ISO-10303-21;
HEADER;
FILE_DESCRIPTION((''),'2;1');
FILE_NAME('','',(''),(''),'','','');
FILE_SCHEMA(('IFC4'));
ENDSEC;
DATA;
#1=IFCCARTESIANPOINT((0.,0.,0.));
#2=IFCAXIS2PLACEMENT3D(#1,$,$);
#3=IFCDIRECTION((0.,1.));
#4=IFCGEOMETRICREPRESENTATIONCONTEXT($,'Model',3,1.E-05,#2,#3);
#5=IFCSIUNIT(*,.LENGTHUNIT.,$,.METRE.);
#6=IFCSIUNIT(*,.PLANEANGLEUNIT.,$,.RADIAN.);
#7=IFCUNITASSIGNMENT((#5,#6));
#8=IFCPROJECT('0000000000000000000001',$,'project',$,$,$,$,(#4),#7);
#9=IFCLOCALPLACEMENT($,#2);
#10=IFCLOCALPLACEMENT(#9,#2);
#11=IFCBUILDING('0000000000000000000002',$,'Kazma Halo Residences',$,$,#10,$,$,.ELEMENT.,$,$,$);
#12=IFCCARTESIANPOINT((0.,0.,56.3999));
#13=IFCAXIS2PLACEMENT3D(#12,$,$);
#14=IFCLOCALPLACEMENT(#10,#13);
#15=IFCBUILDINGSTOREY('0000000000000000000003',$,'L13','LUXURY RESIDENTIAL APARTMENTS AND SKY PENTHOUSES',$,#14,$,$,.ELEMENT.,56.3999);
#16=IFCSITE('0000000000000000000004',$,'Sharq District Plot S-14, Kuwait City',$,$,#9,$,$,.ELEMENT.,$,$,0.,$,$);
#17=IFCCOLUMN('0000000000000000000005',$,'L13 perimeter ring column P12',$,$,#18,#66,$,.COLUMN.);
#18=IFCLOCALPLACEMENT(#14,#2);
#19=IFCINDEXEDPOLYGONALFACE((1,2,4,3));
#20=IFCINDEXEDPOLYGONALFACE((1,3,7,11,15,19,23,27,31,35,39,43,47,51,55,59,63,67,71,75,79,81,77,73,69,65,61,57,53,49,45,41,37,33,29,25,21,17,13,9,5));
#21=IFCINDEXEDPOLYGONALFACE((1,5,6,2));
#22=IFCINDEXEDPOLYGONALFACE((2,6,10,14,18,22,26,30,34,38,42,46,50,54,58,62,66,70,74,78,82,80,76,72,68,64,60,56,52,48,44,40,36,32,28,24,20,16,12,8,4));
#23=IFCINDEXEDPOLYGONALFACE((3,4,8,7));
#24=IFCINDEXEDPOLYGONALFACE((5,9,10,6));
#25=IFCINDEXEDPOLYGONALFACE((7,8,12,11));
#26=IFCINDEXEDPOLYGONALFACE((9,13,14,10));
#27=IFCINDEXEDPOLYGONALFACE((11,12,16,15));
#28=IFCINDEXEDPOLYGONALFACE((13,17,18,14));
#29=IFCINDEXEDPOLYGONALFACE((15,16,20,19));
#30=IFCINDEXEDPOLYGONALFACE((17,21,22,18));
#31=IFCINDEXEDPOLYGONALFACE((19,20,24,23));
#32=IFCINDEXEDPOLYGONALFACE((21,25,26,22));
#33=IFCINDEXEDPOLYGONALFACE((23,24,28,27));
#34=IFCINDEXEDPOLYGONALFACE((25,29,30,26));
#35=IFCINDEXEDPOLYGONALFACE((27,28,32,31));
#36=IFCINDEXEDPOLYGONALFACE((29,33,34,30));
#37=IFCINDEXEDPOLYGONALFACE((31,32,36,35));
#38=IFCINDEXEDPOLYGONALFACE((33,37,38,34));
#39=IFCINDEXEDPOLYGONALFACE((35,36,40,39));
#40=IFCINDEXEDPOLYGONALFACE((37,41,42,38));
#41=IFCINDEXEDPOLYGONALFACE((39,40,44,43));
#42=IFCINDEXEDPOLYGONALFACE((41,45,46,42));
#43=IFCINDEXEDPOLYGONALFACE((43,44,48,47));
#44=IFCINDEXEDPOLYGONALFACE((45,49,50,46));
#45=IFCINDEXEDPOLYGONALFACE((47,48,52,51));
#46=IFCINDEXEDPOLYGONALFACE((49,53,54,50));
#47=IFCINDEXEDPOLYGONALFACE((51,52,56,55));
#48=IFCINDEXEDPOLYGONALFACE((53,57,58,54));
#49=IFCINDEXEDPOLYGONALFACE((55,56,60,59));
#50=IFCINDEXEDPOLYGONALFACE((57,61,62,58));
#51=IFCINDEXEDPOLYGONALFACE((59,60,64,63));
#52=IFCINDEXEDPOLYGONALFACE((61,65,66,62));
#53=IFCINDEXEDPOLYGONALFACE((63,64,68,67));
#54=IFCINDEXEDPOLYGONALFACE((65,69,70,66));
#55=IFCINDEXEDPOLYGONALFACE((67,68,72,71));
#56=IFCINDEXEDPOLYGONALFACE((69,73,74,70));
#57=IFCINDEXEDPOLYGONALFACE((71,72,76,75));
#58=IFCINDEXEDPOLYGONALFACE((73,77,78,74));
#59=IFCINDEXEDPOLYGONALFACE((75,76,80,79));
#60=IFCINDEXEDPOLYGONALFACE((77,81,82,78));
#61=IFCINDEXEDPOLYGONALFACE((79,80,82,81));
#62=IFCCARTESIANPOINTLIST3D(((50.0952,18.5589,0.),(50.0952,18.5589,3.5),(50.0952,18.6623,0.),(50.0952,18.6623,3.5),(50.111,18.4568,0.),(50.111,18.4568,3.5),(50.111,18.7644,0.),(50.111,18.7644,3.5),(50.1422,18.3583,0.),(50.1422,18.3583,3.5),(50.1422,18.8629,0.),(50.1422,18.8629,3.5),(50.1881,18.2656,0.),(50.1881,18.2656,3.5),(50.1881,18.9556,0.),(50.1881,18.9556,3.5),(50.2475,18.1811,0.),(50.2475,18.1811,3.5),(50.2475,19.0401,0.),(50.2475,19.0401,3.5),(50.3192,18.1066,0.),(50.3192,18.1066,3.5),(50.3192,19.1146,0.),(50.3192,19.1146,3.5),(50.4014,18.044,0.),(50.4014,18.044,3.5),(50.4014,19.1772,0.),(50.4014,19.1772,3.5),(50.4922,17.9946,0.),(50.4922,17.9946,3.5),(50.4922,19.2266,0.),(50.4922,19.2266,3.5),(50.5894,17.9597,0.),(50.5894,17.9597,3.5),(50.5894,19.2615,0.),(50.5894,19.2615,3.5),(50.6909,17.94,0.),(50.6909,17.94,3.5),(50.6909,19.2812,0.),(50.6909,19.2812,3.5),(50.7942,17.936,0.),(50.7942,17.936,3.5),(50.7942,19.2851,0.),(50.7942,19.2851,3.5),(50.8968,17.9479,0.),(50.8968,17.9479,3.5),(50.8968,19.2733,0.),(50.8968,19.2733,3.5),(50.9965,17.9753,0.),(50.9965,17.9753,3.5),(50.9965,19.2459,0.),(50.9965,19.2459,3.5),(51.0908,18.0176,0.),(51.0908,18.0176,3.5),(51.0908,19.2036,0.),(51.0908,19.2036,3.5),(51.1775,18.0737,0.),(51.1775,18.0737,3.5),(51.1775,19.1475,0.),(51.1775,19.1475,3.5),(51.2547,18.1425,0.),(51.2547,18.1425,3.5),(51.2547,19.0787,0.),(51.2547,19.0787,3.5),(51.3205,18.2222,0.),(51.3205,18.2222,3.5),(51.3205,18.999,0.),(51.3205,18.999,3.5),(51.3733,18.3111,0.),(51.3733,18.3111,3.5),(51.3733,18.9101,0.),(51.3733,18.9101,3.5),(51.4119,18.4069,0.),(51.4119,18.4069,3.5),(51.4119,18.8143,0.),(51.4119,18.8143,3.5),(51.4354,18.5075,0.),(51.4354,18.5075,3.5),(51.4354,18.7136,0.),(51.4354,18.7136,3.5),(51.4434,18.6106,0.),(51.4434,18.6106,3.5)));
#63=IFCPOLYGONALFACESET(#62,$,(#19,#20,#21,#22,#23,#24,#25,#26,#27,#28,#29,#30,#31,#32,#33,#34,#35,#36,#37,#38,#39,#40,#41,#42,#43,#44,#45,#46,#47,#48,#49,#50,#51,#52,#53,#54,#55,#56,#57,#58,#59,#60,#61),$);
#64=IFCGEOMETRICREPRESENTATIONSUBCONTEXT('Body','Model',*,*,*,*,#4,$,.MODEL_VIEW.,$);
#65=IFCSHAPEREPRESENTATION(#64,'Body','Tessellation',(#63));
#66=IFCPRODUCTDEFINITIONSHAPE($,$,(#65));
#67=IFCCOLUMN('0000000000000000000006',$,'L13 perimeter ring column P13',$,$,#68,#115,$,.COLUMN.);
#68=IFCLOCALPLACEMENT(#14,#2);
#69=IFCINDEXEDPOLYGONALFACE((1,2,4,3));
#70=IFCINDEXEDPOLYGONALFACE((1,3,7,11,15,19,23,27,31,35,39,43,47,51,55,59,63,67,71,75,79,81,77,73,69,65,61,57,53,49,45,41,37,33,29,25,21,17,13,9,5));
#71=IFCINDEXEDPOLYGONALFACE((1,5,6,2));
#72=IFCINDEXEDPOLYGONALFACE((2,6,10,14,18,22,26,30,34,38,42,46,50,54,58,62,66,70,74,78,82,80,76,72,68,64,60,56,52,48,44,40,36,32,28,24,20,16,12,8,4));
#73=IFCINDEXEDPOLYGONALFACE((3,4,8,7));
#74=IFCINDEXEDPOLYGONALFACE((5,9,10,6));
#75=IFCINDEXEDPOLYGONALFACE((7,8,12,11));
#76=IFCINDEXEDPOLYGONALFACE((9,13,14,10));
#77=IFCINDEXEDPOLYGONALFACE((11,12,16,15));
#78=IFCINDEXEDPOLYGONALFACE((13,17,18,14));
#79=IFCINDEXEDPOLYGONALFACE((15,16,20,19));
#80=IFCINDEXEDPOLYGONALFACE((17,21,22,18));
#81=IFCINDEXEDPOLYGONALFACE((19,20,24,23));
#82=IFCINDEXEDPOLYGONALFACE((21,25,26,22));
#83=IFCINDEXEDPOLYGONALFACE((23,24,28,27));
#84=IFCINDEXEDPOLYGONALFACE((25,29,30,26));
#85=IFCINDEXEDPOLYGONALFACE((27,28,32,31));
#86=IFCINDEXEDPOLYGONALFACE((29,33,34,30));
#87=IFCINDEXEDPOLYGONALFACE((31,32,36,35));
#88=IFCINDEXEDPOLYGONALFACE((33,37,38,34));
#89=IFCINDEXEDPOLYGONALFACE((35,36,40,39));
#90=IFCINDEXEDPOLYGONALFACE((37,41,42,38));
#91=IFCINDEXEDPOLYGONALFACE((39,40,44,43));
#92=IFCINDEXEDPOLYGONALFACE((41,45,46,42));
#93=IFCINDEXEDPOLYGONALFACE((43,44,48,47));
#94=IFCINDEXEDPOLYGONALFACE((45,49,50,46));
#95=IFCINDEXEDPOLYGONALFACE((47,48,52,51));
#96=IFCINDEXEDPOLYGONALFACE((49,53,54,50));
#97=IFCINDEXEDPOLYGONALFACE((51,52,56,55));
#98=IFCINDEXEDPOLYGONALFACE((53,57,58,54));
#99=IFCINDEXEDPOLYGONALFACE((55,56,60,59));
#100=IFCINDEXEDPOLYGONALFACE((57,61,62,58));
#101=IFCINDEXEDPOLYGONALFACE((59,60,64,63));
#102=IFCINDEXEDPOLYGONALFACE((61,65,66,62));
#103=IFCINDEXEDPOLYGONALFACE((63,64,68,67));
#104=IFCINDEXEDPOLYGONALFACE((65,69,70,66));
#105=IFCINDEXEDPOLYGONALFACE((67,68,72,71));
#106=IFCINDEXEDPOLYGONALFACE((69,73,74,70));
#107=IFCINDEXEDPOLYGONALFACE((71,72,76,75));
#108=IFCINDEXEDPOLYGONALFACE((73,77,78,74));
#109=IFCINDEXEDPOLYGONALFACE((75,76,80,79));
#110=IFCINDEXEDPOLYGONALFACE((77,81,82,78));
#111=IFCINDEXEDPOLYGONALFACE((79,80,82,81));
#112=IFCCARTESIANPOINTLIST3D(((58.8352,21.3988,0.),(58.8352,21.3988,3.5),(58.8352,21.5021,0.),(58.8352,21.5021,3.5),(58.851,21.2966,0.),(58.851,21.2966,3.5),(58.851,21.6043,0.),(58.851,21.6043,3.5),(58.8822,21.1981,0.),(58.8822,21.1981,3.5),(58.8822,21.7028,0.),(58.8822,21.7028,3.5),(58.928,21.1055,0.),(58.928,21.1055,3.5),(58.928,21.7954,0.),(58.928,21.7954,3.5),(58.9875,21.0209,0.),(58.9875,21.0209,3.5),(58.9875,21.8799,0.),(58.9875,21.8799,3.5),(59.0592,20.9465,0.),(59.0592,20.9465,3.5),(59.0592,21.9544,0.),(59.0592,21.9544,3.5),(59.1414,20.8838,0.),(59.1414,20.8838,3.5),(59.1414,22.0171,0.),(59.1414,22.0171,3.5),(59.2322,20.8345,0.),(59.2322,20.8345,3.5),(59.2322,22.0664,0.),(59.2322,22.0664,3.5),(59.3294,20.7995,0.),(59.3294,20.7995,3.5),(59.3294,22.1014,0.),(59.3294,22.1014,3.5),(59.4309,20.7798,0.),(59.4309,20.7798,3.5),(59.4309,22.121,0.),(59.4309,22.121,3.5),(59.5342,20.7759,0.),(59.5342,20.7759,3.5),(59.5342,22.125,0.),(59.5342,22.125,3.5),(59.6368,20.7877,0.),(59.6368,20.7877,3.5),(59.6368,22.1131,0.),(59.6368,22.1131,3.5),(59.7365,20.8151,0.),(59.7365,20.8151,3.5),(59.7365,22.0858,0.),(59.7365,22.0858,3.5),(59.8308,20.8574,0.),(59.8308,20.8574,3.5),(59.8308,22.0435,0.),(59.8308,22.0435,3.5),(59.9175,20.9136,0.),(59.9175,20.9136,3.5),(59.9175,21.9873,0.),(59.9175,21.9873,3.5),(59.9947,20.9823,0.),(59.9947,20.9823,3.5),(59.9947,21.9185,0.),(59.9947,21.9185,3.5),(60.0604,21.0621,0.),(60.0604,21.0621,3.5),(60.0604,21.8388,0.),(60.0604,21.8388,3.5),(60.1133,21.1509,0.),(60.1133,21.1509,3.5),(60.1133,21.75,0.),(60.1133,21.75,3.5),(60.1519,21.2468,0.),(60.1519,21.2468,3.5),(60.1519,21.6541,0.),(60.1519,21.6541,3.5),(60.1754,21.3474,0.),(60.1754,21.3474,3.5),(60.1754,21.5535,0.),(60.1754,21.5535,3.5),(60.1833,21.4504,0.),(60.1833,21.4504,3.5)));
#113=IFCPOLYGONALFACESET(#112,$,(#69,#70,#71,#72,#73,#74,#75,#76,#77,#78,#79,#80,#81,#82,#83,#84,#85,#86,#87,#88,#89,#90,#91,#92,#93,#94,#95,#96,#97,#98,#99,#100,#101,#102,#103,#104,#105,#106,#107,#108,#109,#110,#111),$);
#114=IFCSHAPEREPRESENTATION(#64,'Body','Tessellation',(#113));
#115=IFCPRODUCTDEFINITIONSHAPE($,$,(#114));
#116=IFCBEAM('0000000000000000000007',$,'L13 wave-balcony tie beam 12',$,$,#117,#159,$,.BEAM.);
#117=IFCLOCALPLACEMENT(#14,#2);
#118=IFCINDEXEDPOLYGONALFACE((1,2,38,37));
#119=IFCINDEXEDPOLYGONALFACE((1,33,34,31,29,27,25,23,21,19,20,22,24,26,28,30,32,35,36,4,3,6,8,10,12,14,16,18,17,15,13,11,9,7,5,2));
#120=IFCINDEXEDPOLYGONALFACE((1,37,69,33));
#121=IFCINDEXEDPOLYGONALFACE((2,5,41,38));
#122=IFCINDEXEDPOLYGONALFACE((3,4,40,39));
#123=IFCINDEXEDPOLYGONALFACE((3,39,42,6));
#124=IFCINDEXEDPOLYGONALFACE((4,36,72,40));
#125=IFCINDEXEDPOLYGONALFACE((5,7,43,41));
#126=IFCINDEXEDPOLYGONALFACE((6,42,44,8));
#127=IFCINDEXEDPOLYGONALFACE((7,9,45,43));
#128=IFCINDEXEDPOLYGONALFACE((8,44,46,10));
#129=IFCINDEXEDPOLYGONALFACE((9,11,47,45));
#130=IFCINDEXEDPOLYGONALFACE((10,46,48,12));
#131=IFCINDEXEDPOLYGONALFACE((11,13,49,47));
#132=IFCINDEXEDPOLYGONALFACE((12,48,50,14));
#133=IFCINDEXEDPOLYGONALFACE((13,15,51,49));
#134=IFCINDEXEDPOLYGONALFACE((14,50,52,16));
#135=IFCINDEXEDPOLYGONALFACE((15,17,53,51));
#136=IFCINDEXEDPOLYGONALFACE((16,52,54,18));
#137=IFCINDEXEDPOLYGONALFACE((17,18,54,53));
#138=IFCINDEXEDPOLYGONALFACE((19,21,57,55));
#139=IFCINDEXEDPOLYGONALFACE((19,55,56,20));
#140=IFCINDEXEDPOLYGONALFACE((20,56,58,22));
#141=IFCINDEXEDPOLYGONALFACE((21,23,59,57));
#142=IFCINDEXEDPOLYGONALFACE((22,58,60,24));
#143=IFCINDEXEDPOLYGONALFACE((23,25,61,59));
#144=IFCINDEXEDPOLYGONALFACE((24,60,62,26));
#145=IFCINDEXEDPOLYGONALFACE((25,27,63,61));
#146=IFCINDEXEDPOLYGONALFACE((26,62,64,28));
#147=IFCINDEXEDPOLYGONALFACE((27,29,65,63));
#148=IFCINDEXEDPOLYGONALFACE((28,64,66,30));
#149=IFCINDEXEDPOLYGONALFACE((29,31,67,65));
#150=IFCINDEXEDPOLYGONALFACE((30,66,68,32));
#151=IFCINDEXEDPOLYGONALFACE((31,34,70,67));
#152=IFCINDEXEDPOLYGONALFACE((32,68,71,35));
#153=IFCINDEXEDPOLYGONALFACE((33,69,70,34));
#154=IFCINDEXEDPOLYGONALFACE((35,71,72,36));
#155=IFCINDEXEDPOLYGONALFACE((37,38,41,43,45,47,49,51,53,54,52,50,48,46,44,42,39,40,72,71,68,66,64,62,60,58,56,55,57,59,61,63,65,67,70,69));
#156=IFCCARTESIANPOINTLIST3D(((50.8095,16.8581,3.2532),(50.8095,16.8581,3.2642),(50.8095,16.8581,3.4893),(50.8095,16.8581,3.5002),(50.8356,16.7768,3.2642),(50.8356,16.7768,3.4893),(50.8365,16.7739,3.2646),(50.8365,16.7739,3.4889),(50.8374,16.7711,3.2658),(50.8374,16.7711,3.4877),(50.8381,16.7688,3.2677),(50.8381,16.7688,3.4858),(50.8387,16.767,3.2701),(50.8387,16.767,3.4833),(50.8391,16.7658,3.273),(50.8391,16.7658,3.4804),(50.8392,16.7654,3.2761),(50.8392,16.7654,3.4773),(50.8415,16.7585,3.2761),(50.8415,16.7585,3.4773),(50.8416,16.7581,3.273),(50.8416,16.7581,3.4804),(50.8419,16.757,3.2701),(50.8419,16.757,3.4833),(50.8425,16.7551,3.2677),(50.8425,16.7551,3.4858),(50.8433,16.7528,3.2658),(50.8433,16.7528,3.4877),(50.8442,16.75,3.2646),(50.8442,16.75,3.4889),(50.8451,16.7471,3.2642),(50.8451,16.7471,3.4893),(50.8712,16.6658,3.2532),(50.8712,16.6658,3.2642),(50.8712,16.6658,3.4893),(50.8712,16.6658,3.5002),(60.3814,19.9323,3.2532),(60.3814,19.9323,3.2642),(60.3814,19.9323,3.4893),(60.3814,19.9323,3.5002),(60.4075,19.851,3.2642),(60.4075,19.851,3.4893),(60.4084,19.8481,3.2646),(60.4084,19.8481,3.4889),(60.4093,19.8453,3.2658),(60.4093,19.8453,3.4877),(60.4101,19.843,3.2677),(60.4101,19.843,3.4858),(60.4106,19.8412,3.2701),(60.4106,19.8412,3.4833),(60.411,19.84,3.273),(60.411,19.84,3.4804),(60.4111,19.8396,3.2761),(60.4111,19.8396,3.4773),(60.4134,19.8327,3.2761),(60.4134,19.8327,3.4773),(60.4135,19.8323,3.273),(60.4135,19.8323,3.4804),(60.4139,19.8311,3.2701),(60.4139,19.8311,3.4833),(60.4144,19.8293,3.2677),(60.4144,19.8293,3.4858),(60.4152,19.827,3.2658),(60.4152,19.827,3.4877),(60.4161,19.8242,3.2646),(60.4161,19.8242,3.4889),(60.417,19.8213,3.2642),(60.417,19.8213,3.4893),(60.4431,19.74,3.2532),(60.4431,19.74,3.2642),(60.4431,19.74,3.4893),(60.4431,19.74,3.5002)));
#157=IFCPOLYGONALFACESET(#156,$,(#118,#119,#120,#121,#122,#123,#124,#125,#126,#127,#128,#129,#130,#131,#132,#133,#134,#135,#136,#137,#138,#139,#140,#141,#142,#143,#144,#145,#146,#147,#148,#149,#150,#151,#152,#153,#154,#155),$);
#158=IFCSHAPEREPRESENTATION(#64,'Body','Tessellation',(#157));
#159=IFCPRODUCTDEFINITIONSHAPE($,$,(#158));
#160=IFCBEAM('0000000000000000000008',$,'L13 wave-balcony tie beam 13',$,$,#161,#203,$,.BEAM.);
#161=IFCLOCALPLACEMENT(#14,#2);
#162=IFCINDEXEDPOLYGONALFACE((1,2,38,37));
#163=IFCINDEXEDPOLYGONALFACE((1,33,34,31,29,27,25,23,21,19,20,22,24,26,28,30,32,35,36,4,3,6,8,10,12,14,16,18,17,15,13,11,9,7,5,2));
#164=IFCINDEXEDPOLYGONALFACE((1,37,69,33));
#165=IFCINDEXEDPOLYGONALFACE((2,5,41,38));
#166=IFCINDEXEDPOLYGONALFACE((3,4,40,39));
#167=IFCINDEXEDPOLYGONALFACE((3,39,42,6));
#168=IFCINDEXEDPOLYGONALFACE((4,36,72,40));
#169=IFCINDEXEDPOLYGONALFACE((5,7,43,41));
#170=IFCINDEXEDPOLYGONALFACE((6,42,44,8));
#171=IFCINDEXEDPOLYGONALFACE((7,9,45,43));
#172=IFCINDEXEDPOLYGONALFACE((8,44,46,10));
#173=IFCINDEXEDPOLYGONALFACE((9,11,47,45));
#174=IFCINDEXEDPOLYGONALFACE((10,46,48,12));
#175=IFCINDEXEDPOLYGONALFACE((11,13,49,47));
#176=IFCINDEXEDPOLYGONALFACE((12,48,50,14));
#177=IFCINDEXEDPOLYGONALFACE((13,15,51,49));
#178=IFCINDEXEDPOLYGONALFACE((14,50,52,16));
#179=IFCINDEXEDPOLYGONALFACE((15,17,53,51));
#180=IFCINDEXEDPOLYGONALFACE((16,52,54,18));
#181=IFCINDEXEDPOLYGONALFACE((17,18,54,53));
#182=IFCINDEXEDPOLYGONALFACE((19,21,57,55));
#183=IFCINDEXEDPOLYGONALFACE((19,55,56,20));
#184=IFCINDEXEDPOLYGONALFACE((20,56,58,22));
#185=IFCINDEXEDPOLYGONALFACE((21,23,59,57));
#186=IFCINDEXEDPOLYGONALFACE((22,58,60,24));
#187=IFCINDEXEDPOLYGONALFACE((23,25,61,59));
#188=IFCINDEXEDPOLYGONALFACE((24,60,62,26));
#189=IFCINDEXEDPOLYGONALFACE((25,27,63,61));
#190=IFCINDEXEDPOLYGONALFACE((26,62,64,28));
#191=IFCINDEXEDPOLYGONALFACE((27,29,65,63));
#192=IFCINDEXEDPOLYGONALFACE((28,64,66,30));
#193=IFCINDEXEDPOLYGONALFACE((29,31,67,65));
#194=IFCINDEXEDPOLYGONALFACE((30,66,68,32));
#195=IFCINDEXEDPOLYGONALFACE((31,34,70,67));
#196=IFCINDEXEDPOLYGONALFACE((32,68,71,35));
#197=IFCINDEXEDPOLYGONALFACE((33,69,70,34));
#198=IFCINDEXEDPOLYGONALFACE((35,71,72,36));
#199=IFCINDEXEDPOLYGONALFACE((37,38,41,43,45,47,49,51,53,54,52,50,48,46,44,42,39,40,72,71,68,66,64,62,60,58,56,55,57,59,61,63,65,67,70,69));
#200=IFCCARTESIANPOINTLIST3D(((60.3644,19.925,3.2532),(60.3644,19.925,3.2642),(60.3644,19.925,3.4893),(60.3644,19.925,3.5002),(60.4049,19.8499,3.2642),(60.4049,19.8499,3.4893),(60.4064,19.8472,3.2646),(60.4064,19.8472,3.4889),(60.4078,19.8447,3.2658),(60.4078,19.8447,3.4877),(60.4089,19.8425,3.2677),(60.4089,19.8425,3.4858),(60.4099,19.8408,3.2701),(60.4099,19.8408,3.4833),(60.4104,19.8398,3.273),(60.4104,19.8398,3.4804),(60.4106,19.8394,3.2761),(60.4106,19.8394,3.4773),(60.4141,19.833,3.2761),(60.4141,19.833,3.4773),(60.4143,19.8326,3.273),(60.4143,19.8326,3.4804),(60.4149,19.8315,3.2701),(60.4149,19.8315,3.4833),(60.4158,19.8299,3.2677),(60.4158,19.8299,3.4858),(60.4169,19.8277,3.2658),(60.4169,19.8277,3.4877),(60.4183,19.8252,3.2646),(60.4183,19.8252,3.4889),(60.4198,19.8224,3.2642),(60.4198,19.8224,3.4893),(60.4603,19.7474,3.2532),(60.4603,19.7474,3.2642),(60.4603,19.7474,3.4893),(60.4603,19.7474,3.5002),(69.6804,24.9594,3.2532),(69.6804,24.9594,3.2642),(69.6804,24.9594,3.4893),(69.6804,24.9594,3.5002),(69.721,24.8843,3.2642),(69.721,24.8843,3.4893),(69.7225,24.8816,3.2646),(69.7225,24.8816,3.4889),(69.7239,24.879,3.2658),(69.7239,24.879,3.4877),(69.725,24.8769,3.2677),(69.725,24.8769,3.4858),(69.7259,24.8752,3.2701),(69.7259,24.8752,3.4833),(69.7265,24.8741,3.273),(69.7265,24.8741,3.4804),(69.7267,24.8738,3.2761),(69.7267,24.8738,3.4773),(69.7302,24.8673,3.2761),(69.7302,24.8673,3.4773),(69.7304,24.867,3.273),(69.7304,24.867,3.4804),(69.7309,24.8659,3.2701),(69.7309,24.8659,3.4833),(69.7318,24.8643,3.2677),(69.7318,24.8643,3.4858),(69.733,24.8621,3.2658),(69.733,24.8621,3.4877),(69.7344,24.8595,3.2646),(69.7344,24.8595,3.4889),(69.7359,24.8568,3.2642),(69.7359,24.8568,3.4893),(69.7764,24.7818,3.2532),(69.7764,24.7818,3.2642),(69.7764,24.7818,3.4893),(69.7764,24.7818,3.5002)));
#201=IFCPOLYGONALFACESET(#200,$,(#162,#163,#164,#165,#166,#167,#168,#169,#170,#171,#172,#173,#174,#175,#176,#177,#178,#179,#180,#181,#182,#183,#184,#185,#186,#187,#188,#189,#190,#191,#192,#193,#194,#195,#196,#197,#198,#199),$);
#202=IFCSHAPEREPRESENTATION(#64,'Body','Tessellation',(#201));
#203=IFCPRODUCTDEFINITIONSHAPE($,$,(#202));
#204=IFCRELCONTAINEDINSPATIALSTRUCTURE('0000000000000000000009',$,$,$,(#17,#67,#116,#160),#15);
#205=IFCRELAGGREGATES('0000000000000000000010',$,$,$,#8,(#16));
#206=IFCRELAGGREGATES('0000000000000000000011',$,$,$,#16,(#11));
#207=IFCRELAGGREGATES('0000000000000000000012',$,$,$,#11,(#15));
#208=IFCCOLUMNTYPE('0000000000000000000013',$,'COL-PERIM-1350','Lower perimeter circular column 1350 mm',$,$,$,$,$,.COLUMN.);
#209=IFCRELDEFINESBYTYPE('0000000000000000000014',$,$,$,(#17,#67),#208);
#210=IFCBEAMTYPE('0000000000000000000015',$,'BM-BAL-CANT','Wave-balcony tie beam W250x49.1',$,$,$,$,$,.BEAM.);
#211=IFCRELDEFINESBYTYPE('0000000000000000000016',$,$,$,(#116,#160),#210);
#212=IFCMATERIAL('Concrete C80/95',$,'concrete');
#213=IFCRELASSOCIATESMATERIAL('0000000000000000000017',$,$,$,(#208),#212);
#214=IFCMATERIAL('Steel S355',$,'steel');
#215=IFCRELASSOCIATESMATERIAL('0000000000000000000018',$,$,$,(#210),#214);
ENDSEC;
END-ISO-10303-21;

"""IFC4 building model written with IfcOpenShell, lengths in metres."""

from ifc_helpers import new_model, si_unit, direction, frame, origin, origin_2d, place, context, subcontext, project, spatial, circle, i_section, extrude, material, material_profile, profile_set, type_object, element, save


model = new_model("IFC4")

# Units and contexts
model_context = context("Model", 3, precision=1e-05, world=origin(), true_north=direction((0.0, 1.0)))
body_context = subcontext(model_context, "Body", "Model", "MODEL_VIEW")
ifc_project = project(units=[si_unit("LENGTHUNIT", "METRE"), si_unit("PLANEANGLEUNIT", "RADIAN")], contexts=[model_context])

# Site, building, storey
site_placement = place(None, origin())
site = spatial("IfcSite", under=ifc_project, at=site_placement, Name="Sharq District Plot S-14, Kuwait City", CompositionType="ELEMENT", RefElevation=0.0)
building_placement = place(site_placement, origin())
building = spatial("IfcBuilding", under=site, at=building_placement, Name="Kazma Halo Residences", CompositionType="ELEMENT")
storey_placement = place(building_placement, frame((0.0, 0.0, 56.3999)))
storey = spatial("IfcBuildingStorey", under=building, at=storey_placement, Name="L13", Description="LUXURY RESIDENTIAL APARTMENTS AND SKY PENTHOUSES", CompositionType="ELEMENT", Elevation=56.3999)

# Columns
ifc_material_1 = material(Name="Concrete C80/95", Category="concrete")
ifc_material_profile_1 = material_profile(ifc_material_1, circle(Radius=0.675, at=origin_2d()), Name="CIRC1350")
ifc_profile_set_1 = profile_set([ifc_material_profile_1], Name="Concrete C80/95")
column_type = type_object("IfcColumnType", Name="COL-PERIM-1350", Description="Lower perimeter circular column 1350 mm", PredefinedType="COLUMN", material=ifc_profile_set_1)
for number, where, z_axis, x_axis, name in (
    (1, (50.7683, 18.6106, 0.0), (0.0, 0.0, 1.0), (1.0, 0.0, 0.0), "L13 perimeter ring column P12"),
    (2, (59.5083, 21.4504, 0.0), (0.0, 0.0, 1.0), (1.0, 0.0, 0.0), "L13 perimeter ring column P13"),
):
    element("IfcColumn", number, at=place(storey_placement, frame(where, z_axis=z_axis, x_axis=x_axis)), inside=storey, type_object=column_type, Name=name, PredefinedType="COLUMN", context=body_context, shape_type="SweptSolid", body=[
        extrude(circle(Radius=0.675, at=origin_2d()), origin(), (0.0, 0.0, 1.0), 3.5),
    ])

# Beams
ifc_material_2 = material(Name="Steel S355", Category="steel")
ifc_material_profile_2 = material_profile(ifc_material_2, i_section(OverallWidth=0.2019, OverallDepth=0.2471, WebThickness=0.0073, FlangeThickness=0.011, FilletRadius=0.012, at=origin_2d()), Name="W250x49.1")
ifc_profile_set_2 = profile_set([ifc_material_profile_2], Name="Steel S355")
beam_type_1 = type_object("IfcBeamType", Name="BM-BAL-CANT", Description="Wave-balcony tie beam W250x49.1", PredefinedType="BEAM", material=ifc_profile_set_2)
beam_1_placement = place(storey_placement, frame((50.8403, 16.762, 3.3767), z_axis=(0.952101, 0.305784, 0.0), x_axis=(-0.305784, 0.952101, 0.0)))
element("IfcBeam", 3, at=beam_1_placement, inside=storey, type_object=beam_type_1, Name="L13 wave-balcony tie beam 12", PredefinedType="BEAM", context=body_context, shape_type="SweptSolid", body=[
    extrude(i_section(OverallWidth=0.2019, OverallDepth=0.2471, WebThickness=0.0073, FlangeThickness=0.011, FilletRadius=0.012, at=origin_2d()), origin(), (0.0, 0.0, 1.0), 10.0535),
])
beam_2_placement = place(storey_placement, frame((60.4124, 19.8362, 3.3767), z_axis=(0.879759, 0.475419, 0.0), x_axis=(-0.475419, 0.879759, 0.0)))
element("IfcBeam", 4, at=beam_2_placement, inside=storey, type_object=beam_type_1, Name="L13 wave-balcony tie beam 13", PredefinedType="BEAM", context=body_context, shape_type="SweptSolid", body=[
    extrude(i_section(OverallWidth=0.2019, OverallDepth=0.2471, WebThickness=0.0073, FlangeThickness=0.011, FilletRadius=0.012, at=origin_2d()), origin(), (0.0, 0.0, 1.0), 10.5894),
])

save(model, "model.ifc")
